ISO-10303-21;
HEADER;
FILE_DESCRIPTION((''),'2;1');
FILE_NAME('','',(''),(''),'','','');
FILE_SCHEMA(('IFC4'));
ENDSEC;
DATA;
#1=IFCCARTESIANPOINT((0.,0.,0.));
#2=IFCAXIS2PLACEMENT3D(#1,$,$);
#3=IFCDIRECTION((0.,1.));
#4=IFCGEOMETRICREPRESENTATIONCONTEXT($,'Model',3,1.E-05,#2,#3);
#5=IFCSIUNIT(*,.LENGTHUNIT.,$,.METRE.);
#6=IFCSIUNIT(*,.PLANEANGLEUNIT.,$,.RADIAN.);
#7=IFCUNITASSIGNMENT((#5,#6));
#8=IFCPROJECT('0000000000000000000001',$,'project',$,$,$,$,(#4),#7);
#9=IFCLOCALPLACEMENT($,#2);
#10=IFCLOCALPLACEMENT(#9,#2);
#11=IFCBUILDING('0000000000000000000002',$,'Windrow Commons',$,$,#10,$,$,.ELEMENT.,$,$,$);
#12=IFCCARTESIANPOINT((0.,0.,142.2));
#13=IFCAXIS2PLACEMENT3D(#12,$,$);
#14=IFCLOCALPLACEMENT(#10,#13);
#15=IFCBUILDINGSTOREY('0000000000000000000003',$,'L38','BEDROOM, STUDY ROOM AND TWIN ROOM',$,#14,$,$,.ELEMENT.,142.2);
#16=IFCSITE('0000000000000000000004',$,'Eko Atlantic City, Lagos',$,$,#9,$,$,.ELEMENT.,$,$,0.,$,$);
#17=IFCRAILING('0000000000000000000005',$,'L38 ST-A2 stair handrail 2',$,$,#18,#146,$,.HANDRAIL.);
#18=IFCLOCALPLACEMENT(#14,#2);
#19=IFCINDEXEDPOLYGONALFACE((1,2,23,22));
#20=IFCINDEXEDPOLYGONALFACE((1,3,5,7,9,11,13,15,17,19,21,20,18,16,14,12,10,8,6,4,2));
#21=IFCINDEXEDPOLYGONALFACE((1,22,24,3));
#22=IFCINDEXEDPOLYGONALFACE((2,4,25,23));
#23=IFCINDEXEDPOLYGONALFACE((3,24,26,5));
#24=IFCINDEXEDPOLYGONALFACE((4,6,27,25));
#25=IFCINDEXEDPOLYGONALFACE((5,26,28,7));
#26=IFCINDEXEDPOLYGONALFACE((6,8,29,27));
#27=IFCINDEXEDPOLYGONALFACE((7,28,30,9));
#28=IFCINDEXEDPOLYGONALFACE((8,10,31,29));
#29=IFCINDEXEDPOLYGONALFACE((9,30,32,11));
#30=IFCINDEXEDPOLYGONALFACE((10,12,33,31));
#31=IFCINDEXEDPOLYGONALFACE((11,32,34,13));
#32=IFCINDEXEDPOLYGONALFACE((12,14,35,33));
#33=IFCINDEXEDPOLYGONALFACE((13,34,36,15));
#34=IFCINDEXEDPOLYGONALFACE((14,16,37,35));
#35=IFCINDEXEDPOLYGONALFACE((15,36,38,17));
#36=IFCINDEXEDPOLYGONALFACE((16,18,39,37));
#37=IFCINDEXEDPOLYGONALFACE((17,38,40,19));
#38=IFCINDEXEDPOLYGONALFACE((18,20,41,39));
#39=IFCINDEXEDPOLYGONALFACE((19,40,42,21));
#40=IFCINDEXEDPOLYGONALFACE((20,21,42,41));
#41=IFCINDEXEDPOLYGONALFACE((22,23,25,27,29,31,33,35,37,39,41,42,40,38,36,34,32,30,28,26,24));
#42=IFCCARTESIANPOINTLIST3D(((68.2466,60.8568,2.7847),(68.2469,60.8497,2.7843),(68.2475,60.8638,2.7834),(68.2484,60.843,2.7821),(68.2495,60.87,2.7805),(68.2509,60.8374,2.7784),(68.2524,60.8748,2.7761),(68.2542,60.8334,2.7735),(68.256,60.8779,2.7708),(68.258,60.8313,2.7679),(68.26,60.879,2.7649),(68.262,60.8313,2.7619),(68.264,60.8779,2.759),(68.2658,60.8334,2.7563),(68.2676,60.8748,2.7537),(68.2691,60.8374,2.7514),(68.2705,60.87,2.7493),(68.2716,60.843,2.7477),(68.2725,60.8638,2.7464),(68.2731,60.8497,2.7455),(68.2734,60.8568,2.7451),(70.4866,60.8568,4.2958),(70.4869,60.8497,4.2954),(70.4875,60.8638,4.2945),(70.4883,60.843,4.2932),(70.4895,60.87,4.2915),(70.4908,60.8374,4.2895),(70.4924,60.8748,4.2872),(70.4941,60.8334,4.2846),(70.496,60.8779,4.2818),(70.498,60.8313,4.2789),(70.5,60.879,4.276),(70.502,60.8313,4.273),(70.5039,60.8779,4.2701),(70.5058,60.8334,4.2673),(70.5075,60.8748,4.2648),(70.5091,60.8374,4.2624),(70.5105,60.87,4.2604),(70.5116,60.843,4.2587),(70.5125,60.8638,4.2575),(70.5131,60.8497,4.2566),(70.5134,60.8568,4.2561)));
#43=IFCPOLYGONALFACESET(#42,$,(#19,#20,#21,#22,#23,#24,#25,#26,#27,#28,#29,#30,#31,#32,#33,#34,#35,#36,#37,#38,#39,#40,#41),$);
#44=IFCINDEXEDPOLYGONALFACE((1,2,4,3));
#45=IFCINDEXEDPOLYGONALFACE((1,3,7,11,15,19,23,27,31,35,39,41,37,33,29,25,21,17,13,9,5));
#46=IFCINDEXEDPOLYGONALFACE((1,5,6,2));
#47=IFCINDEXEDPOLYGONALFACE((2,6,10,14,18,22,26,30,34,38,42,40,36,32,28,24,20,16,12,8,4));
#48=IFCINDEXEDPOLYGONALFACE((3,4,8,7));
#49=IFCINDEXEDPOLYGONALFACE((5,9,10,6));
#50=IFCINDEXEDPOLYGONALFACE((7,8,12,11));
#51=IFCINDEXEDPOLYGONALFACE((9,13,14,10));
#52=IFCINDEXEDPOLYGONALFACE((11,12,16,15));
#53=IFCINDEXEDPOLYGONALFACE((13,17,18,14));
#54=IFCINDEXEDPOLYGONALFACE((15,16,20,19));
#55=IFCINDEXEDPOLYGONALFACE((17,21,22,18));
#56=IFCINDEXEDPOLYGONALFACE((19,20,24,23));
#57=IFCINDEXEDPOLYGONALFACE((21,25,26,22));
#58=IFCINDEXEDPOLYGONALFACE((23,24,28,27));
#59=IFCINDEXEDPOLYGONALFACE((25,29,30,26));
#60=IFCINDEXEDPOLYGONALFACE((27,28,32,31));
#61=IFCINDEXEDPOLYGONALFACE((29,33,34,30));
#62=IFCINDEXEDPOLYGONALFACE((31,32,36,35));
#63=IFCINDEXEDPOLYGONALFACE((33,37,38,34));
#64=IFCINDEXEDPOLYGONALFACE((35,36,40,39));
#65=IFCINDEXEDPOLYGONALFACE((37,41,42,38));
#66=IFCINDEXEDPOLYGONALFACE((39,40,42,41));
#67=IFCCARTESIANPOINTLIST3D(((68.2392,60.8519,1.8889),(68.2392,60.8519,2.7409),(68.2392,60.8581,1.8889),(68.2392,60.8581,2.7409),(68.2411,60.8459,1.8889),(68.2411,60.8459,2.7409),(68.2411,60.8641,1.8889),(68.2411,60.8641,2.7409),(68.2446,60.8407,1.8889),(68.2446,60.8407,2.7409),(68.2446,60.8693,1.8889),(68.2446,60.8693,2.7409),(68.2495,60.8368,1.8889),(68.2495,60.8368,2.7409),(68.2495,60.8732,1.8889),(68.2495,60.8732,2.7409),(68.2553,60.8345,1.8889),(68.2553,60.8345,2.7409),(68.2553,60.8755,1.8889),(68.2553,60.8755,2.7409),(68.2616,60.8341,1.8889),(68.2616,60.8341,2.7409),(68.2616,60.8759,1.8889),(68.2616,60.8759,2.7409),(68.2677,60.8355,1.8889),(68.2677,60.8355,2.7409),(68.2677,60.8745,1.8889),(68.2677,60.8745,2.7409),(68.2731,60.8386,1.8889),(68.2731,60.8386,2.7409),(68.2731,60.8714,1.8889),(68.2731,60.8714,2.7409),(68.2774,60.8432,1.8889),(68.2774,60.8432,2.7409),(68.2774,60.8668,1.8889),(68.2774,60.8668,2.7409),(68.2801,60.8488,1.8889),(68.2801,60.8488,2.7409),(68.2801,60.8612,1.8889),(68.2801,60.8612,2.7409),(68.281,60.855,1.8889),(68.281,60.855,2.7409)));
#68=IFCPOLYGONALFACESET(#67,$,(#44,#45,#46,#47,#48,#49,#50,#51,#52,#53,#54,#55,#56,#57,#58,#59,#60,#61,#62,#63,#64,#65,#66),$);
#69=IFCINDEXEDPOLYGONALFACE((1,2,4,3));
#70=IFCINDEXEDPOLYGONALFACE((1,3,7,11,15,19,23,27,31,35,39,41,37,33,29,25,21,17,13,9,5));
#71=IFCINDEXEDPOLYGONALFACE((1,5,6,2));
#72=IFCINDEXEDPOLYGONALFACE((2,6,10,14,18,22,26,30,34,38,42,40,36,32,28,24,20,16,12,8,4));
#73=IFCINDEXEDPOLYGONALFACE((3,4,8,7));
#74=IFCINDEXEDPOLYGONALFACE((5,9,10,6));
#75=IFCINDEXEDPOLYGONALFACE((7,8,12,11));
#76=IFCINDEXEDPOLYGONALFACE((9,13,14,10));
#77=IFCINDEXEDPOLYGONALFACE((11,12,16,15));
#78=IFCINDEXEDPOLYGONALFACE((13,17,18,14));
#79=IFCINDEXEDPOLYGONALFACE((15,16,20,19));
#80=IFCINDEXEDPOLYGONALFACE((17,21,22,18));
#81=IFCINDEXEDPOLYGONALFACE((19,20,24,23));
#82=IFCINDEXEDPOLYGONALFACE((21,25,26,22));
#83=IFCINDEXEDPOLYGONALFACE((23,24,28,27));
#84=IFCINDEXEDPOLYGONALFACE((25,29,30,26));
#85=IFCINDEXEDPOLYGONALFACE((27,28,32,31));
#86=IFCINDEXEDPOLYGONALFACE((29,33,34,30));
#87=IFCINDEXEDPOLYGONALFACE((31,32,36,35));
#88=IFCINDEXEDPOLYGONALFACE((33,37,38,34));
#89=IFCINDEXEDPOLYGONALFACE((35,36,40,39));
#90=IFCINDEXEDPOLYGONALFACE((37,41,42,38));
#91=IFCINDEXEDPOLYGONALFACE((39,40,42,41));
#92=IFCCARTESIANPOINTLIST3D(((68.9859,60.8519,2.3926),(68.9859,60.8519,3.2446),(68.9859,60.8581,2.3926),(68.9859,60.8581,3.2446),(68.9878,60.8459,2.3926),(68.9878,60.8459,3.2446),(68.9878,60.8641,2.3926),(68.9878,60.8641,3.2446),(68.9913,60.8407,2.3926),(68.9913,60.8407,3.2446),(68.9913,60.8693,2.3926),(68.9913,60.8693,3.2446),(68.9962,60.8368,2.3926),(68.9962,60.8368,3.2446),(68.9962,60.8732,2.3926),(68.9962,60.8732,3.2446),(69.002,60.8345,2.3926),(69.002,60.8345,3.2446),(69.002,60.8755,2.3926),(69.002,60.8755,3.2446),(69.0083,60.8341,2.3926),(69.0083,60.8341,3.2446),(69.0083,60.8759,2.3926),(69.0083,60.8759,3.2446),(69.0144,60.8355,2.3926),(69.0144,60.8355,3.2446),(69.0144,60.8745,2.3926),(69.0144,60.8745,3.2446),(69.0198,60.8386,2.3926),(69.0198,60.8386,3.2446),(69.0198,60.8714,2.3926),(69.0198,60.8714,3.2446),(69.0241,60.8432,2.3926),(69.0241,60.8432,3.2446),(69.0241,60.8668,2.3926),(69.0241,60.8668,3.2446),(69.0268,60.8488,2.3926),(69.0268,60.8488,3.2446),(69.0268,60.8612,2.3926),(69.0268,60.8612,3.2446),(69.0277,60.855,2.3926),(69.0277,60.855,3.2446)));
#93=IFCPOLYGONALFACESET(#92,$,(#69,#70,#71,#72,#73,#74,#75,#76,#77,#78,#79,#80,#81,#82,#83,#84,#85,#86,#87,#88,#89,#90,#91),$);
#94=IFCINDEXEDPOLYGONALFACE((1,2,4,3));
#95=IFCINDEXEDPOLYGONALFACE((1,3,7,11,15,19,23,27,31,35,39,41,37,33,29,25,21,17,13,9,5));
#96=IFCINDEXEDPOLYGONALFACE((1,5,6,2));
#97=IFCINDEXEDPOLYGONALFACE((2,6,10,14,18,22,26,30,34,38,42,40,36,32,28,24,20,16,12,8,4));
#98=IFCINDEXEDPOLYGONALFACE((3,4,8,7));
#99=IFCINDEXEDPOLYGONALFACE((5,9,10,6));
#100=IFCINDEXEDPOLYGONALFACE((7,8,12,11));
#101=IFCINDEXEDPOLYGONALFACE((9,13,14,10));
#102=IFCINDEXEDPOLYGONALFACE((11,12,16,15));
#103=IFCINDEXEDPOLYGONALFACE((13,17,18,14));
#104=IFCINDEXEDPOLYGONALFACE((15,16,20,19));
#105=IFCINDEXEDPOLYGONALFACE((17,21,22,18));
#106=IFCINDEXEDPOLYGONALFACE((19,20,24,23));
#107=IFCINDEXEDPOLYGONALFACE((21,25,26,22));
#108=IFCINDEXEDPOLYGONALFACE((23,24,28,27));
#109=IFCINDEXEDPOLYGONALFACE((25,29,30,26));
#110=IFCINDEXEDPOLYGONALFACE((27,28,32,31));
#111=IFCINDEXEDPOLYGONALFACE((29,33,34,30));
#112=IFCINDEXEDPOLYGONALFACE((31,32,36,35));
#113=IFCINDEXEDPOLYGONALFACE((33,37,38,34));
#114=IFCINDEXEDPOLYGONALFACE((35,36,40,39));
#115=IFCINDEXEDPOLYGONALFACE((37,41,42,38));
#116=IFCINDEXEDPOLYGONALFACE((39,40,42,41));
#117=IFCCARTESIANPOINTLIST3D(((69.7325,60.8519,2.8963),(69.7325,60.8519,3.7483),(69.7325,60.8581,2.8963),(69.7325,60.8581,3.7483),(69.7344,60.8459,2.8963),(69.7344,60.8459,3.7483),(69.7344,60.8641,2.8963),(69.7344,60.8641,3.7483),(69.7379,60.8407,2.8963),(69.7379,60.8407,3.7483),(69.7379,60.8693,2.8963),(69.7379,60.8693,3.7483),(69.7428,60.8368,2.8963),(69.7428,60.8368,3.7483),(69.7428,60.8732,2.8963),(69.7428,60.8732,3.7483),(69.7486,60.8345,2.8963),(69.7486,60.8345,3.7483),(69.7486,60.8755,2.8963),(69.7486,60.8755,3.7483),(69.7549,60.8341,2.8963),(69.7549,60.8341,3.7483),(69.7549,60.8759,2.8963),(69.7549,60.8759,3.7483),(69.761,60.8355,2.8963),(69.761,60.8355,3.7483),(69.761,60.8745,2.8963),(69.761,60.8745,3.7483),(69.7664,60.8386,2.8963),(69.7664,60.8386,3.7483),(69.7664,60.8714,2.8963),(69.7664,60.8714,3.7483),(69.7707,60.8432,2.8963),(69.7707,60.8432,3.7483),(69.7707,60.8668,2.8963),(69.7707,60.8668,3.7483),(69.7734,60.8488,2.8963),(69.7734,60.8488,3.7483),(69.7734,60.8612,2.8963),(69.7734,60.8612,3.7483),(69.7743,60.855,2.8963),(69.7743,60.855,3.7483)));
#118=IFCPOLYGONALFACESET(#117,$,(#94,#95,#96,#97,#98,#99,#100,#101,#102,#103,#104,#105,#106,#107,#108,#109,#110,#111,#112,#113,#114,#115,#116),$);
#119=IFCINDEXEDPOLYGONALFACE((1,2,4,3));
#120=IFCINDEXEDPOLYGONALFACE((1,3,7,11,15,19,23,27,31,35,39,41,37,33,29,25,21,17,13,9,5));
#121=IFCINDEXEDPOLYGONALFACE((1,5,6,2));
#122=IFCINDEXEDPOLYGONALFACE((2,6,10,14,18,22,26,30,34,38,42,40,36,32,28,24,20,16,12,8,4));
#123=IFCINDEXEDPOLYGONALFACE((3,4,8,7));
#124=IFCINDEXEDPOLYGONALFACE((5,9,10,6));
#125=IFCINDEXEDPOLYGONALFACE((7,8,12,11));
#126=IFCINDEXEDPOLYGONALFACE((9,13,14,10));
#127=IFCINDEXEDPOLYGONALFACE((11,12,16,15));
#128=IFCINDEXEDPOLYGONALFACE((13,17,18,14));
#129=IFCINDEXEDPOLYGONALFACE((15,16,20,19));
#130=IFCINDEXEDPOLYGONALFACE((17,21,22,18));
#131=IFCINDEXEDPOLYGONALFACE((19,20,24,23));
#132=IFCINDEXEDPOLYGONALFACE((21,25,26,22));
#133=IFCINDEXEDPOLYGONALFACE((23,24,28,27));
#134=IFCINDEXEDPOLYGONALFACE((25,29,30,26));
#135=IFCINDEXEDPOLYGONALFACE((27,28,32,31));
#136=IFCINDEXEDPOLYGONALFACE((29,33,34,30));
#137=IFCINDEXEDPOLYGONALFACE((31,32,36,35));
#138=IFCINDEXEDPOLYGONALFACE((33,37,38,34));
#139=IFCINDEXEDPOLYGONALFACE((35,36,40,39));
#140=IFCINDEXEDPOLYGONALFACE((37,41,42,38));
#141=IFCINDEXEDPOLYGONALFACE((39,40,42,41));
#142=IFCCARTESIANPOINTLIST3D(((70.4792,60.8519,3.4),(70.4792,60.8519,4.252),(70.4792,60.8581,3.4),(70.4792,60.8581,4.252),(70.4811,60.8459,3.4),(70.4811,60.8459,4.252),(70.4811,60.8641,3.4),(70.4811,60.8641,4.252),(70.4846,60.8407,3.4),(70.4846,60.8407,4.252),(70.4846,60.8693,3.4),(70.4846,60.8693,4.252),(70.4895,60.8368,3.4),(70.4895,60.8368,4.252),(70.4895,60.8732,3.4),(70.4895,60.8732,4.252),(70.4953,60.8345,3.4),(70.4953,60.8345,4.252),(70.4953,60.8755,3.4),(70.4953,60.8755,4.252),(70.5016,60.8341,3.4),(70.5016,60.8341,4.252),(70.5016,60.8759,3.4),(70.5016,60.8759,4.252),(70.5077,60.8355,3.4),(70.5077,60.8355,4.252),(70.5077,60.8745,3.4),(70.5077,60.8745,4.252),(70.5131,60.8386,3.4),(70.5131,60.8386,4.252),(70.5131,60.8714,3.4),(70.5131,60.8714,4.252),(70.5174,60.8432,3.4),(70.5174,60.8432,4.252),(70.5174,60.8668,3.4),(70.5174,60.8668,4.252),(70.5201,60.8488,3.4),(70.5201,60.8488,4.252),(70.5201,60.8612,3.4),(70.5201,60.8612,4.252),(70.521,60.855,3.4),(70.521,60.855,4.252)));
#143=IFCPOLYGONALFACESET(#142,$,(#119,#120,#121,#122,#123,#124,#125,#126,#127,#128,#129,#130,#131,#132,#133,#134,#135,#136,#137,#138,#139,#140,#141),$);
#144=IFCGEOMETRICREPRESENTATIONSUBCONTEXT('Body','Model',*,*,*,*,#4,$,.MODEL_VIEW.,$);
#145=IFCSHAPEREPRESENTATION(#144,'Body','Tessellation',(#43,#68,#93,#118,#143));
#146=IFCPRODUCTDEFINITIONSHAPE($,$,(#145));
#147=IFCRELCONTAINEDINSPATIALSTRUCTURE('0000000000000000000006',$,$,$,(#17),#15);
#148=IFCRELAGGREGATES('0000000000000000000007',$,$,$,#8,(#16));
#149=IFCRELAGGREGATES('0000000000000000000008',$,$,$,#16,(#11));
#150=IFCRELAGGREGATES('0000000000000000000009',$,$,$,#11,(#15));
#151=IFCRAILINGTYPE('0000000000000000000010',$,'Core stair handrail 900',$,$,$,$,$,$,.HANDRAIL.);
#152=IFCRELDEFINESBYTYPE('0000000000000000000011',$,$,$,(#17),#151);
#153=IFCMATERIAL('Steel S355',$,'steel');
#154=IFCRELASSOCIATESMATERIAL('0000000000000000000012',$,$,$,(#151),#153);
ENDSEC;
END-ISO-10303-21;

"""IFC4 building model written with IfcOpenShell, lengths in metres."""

from ifc_helpers import new_model, si_unit, direction, frame, origin, origin_2d, place, context, subcontext, project, spatial, circle, extrude, material, type_object, element, save


model = new_model("IFC4")

# Units and contexts
model_context = context("Model", 3, precision=1e-05, world=origin(), true_north=direction((0.0, 1.0)))
body_context = subcontext(model_context, "Body", "Model", "MODEL_VIEW")
ifc_project = project(units=[si_unit("LENGTHUNIT", "METRE"), si_unit("PLANEANGLEUNIT", "RADIAN")], contexts=[model_context])

# Site, building, storey
site_placement = place(None, origin())
site = spatial("IfcSite", under=ifc_project, at=site_placement, Name="Eko Atlantic City, Lagos", CompositionType="ELEMENT", RefElevation=0.0)
building_placement = place(site_placement, origin())
building = spatial("IfcBuilding", under=site, at=building_placement, Name="Windrow Commons", CompositionType="ELEMENT")
storey_placement = place(building_placement, frame((0.0, 0.0, 142.2)))
storey = spatial("IfcBuildingStorey", under=building, at=storey_placement, Name="L38", Description="BEDROOM, STUDY ROOM AND TWIN ROOM", CompositionType="ELEMENT", Elevation=142.2)

# Railing
ifc_material_1 = material(Name="Steel S355", Category="steel")
railing_type_1 = type_object("IfcRailingType", Name="Core stair handrail 900", PredefinedType="HANDRAIL", material=ifc_material_1)
railing_1_placement = place(storey_placement, frame((68.26, 60.855, 1.8889)))
element("IfcRailing", 1, at=railing_1_placement, inside=storey, type_object=railing_type_1, Name="L38 ST-A2 stair handrail 2", PredefinedType="HANDRAIL", context=body_context, shape_type="SweptSolid", body=[
    extrude(circle(Radius=0.024, at=origin_2d()), frame((0.0, 0.0, 0.876), z_axis=(0.829003, 0.0, 0.559244), x_axis=(0.0, 1.0, 0.0)), (0.0, 0.0, 1.0), 2.702),
    extrude(circle(Radius=0.021, at=origin_2d()), origin(), (0.0, 0.0, 1.0), 0.852),
    extrude(circle(Radius=0.021, at=origin_2d()), frame((0.7467, 0.0, 0.5037)), (0.0, 0.0, 1.0), 0.852),
    extrude(circle(Radius=0.021, at=origin_2d()), frame((1.4933, 0.0, 1.0074)), (0.0, 0.0, 1.0), 0.852),
    extrude(circle(Radius=0.021, at=origin_2d()), frame((2.24, 0.0, 1.5111)), (0.0, 0.0, 1.0), 0.852),
])

save(model, "model.ifc")
